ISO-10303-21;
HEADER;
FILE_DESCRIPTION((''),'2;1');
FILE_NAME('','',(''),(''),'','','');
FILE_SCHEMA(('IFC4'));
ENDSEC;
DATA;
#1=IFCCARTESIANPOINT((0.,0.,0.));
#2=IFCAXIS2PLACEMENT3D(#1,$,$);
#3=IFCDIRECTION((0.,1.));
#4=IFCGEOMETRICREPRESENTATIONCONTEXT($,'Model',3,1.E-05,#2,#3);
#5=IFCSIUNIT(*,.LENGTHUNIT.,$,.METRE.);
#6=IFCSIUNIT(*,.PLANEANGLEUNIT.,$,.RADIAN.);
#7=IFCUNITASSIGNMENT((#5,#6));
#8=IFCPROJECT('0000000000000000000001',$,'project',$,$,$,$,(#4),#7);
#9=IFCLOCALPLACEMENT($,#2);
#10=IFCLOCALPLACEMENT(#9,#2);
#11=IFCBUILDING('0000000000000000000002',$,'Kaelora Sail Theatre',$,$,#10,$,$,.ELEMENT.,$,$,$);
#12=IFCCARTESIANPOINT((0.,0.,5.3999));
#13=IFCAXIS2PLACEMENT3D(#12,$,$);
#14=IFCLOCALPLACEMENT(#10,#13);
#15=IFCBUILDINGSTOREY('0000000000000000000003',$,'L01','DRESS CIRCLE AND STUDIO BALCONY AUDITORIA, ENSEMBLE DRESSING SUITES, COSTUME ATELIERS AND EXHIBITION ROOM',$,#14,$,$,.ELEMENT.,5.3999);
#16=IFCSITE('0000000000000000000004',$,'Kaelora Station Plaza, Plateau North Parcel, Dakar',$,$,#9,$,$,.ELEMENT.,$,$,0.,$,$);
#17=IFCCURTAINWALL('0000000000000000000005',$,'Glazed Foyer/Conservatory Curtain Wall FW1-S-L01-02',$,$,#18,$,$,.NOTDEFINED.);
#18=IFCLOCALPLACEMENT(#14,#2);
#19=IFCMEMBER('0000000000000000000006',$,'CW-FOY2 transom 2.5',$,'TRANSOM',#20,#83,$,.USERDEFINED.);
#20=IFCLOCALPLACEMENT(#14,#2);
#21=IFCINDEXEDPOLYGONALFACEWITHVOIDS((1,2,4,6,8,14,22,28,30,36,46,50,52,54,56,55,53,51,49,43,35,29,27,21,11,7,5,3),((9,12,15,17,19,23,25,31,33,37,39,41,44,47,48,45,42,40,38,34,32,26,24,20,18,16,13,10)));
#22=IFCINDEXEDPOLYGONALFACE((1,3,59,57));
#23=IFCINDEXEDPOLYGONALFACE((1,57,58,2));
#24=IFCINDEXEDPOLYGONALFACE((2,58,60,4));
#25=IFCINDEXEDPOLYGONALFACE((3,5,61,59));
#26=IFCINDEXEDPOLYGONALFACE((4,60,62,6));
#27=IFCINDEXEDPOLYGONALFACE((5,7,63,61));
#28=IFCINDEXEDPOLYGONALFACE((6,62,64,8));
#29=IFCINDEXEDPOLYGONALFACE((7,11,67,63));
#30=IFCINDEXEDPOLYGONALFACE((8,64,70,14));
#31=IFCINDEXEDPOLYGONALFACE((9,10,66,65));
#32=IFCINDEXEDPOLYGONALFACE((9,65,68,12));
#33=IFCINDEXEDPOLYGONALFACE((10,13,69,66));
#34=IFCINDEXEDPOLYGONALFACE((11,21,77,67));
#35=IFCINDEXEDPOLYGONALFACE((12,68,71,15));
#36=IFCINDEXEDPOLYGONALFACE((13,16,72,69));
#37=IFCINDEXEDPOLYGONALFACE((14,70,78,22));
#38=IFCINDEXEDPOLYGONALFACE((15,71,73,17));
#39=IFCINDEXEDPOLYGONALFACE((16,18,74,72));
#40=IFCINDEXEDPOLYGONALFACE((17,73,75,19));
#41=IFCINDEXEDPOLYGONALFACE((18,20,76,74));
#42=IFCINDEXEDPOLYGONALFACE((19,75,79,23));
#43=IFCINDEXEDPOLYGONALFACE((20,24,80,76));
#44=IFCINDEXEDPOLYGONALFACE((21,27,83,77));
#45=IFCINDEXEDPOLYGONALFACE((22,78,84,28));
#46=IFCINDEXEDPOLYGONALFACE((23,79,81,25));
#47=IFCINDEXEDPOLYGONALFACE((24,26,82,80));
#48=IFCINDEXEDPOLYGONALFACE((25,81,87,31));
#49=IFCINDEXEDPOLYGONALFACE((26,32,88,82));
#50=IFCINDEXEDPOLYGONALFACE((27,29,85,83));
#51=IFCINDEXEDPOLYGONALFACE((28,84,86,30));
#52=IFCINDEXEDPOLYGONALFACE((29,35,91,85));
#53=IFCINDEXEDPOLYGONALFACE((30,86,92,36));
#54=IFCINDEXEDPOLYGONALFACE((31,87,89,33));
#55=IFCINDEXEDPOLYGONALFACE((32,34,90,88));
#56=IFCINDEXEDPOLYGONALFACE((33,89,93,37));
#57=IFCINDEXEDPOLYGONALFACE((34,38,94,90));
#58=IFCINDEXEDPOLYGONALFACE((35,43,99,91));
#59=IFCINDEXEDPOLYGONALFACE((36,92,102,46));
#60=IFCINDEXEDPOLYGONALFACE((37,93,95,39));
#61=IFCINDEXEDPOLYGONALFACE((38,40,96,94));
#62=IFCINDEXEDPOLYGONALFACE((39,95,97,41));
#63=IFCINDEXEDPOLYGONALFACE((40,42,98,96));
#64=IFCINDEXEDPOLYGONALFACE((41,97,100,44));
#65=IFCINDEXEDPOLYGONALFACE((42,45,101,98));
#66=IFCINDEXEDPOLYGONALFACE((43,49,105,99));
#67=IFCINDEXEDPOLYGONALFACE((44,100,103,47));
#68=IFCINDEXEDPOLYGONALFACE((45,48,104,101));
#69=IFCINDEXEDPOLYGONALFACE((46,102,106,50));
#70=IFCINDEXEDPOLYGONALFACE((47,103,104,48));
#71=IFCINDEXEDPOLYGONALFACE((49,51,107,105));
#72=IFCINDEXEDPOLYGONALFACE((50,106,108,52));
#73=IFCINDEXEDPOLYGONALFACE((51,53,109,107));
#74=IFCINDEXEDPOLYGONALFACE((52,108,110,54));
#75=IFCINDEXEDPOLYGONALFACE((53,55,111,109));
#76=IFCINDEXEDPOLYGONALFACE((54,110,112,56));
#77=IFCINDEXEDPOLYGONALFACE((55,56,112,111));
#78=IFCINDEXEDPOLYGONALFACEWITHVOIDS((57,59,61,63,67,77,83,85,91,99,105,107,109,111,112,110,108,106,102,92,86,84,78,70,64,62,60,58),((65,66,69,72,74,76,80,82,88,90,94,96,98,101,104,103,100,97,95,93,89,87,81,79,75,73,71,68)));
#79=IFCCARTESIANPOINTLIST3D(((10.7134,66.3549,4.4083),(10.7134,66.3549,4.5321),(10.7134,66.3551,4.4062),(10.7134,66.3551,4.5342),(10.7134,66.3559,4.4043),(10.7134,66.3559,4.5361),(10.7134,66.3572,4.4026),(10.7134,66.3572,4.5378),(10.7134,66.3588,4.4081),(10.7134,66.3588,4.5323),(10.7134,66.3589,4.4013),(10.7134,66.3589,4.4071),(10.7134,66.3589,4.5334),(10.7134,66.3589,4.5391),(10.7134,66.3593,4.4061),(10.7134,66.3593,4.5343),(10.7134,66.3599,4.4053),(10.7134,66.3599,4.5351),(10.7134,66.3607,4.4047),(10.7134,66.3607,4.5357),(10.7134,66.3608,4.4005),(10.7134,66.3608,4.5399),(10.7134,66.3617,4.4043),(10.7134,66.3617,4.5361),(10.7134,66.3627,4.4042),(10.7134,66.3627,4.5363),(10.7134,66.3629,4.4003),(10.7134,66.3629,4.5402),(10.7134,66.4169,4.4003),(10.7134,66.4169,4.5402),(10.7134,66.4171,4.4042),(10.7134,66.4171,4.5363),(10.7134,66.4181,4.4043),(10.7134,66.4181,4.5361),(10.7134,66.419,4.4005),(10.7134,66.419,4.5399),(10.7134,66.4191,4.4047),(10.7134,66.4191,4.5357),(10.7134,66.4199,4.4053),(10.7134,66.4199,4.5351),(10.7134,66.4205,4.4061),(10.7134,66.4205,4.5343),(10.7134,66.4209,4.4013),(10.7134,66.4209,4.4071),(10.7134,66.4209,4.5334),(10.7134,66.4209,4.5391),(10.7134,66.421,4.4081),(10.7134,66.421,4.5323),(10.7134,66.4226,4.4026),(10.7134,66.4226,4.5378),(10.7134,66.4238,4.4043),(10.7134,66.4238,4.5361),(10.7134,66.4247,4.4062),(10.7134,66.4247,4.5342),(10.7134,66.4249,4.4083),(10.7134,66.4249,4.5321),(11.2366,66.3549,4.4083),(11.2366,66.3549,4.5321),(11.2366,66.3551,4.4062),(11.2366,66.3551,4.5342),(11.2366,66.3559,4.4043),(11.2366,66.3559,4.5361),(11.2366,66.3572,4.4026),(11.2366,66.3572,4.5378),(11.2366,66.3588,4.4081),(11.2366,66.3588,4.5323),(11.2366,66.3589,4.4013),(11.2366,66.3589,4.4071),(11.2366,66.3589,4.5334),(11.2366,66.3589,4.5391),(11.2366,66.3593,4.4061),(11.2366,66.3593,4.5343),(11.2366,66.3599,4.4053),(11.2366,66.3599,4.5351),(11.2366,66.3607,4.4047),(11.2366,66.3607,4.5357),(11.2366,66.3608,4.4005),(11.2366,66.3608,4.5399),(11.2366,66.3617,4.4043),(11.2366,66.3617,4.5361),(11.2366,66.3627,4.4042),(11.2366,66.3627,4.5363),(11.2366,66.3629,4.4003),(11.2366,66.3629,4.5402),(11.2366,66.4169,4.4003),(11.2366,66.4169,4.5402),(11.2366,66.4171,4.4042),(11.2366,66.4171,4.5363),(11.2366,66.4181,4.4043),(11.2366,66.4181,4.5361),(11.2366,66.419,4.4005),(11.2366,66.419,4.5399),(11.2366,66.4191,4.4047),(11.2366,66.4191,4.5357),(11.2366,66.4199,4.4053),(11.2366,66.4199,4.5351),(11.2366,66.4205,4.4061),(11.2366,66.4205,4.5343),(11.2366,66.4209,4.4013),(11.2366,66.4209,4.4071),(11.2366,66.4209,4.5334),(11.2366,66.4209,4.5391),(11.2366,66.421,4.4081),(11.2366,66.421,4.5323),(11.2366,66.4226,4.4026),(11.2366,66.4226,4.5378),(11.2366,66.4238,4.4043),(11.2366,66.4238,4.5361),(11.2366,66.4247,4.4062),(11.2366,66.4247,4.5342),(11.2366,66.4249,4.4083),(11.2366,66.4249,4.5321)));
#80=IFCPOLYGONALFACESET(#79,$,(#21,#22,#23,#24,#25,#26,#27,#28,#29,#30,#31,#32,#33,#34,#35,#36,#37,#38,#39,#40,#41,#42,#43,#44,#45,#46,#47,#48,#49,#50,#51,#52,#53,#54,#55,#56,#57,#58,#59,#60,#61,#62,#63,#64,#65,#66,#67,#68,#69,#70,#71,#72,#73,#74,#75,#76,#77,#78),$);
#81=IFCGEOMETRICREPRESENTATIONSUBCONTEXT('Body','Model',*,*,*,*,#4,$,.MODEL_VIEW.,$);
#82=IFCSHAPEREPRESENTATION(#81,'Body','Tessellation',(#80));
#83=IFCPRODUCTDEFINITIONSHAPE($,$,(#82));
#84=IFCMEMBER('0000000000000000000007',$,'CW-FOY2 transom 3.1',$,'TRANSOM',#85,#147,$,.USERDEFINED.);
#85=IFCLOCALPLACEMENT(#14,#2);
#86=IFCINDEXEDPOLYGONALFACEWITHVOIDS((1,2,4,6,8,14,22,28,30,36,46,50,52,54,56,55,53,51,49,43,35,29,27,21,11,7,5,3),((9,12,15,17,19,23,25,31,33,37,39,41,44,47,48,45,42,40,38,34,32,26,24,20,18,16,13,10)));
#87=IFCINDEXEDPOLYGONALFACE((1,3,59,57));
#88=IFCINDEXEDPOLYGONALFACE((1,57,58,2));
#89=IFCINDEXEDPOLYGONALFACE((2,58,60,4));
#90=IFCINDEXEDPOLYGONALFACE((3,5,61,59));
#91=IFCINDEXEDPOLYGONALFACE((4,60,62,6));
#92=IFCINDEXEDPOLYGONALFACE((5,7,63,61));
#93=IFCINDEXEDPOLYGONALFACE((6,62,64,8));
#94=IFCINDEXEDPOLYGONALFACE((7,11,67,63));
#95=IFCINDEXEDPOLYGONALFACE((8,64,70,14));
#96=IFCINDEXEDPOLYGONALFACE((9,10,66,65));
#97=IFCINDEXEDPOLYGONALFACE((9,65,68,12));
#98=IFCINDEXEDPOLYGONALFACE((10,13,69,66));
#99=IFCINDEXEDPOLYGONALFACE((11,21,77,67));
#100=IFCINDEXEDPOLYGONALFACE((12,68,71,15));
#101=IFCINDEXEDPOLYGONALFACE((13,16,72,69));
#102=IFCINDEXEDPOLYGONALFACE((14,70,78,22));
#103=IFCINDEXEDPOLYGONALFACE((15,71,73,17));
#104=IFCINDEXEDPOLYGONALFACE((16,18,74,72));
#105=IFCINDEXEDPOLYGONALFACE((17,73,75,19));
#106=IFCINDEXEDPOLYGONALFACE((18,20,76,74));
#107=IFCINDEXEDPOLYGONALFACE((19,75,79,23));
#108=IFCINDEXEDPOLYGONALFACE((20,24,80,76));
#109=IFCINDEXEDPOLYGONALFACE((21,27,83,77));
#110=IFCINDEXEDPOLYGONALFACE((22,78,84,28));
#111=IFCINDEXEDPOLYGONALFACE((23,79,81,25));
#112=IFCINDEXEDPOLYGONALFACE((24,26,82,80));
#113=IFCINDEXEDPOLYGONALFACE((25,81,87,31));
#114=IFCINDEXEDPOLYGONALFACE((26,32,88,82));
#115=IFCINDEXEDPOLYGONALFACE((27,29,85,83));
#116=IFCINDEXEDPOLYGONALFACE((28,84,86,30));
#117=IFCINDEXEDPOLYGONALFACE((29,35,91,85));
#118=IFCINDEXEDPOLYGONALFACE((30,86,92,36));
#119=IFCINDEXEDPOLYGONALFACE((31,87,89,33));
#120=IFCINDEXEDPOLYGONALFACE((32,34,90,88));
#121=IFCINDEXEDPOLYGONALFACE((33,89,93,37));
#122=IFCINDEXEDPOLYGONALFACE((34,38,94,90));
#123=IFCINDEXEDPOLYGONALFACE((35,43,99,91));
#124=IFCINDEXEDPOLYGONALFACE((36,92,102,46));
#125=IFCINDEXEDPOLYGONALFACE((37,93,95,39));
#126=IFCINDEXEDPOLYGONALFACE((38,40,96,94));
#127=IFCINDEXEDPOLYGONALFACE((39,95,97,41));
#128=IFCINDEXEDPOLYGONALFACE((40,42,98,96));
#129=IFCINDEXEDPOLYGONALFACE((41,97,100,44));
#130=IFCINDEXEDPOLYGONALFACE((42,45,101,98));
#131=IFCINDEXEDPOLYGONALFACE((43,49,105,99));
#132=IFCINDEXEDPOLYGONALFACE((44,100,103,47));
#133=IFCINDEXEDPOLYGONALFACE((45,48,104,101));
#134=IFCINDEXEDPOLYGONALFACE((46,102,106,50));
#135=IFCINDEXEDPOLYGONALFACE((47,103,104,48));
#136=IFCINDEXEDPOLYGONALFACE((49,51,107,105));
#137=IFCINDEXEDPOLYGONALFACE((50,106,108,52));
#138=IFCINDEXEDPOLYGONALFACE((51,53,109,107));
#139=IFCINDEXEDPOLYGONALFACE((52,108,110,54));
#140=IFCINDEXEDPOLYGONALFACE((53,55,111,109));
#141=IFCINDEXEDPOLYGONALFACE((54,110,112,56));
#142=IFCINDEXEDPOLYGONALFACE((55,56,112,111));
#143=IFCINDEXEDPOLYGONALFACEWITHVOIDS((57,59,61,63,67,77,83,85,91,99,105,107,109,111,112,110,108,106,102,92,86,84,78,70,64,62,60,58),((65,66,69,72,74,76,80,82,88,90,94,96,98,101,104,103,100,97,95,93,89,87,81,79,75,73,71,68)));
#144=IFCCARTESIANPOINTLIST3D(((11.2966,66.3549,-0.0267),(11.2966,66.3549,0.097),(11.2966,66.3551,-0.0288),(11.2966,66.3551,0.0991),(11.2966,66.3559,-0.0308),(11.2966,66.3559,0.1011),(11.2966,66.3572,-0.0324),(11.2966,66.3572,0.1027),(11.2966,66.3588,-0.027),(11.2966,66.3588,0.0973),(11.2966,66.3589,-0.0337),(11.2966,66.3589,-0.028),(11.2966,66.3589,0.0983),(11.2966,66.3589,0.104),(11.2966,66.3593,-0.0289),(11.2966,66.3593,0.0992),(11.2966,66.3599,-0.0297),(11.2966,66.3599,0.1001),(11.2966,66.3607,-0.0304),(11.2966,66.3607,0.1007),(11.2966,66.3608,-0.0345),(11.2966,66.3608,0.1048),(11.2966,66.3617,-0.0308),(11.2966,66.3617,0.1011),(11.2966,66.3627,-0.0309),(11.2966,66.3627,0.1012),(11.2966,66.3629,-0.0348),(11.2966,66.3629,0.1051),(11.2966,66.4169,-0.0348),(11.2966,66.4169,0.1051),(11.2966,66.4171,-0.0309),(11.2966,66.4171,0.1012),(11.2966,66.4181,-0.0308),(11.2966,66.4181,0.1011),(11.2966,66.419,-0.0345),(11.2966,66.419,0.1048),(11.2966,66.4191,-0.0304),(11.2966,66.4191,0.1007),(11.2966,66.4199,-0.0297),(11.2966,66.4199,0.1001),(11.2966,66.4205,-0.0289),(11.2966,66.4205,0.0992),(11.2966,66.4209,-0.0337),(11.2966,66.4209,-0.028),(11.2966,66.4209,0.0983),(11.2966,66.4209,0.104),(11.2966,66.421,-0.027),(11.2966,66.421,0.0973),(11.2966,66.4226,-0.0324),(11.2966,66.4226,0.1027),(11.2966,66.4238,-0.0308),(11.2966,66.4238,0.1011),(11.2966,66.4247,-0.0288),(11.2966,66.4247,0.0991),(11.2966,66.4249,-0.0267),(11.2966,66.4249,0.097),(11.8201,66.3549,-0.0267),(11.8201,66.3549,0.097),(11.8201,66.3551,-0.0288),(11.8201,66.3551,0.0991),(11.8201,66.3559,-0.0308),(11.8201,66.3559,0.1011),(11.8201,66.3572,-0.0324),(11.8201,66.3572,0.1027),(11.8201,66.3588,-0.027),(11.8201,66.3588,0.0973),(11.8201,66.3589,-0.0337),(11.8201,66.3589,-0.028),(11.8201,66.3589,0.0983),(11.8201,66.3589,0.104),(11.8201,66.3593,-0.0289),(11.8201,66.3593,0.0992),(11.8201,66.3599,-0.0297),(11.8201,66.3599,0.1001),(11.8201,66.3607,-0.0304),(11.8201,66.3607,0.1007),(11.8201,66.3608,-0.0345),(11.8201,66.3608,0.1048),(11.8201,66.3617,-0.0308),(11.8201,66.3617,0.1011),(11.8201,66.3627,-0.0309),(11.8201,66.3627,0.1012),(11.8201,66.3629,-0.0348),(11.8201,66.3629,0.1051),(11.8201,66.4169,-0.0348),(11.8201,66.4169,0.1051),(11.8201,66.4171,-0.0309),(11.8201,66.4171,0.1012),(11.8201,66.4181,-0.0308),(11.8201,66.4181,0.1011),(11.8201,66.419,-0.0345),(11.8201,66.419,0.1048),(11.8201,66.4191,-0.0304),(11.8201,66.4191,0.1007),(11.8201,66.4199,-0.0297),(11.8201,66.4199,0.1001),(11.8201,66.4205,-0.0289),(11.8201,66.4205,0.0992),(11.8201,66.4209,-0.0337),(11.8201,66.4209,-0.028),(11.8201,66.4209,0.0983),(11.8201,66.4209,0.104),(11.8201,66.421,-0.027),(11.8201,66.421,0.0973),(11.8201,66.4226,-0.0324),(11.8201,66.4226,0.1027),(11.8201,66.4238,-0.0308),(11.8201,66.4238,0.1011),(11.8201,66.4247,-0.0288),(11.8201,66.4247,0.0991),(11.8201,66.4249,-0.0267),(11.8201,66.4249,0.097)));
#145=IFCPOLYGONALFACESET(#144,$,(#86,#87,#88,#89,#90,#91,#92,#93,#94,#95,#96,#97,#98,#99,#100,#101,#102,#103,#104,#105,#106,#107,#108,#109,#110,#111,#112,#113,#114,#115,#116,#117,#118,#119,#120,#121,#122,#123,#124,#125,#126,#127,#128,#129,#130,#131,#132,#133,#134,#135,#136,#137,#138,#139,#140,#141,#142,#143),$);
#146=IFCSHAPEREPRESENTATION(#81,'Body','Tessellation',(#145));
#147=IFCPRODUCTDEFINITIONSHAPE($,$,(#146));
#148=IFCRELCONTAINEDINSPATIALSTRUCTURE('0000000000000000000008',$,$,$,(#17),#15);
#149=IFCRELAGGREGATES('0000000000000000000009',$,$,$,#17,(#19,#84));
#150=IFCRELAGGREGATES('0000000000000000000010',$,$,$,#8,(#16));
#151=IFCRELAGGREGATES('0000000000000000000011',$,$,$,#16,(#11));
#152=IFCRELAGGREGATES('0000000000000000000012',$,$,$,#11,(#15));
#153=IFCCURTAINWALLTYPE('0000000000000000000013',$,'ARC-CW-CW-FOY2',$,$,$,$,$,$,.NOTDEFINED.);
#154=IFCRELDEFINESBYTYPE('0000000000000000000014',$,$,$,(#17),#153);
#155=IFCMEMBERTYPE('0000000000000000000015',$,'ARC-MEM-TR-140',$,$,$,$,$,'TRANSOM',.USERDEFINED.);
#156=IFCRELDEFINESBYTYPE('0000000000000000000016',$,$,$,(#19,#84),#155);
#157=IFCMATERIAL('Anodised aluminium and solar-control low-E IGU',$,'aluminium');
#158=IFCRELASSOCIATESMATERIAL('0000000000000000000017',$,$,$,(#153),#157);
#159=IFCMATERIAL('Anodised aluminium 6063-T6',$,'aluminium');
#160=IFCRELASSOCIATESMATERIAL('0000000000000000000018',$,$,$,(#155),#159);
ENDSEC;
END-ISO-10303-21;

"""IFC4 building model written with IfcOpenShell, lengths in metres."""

from ifc_helpers import new_model, si_unit, direction, frame, origin, origin_2d, place, context, subcontext, project, spatial, hollow_rectangle, extrude, material, material_profile, profile_set, type_object, element, aggregate, save


model = new_model("IFC4")

# Units and contexts
model_context = context("Model", 3, precision=1e-05, world=origin(), true_north=direction((0.0, 1.0)))
body_context = subcontext(model_context, "Body", "Model", "MODEL_VIEW")
ifc_project = project(units=[si_unit("LENGTHUNIT", "METRE"), si_unit("PLANEANGLEUNIT", "RADIAN")], contexts=[model_context])

# Site, building, storey
site_placement = place(None, origin())
site = spatial("IfcSite", under=ifc_project, at=site_placement, Name="Kaelora Station Plaza, Plateau North Parcel, Dakar", CompositionType="ELEMENT", RefElevation=0.0)
building_placement = place(site_placement, origin())
building = spatial("IfcBuilding", under=site, at=building_placement, Name="Kaelora Sail Theatre", CompositionType="ELEMENT")
storey_placement = place(building_placement, frame((0.0, 0.0, 5.3999)))
storey = spatial("IfcBuildingStorey", under=building, at=storey_placement, Name="L01", Description="DRESS CIRCLE AND STUDIO BALCONY AUDITORIA, ENSEMBLE DRESSING SUITES, COSTUME ATELIERS AND EXHIBITION ROOM", CompositionType="ELEMENT", Elevation=5.3999)

# Curtain wall, members
ifc_material_1 = material(Name="Anodised aluminium and solar-control low-E IGU", Category="aluminium")
curtain_wall_type = type_object("IfcCurtainWallType", Name="ARC-CW-CW-FOY2", PredefinedType="NOTDEFINED", material=ifc_material_1)
curtain_wall_placement = place(storey_placement, origin())
curtain_wall = element("IfcCurtainWall", 1, at=curtain_wall_placement, inside=storey, type_object=curtain_wall_type, Name="Glazed Foyer/Conservatory Curtain Wall FW1-S-L01-02", PredefinedType="NOTDEFINED")
ifc_material_2 = material(Name="Anodised aluminium 6063-T6", Category="aluminium")
ifc_material_profile_1 = material_profile(ifc_material_2, hollow_rectangle(XDim=0.0701, YDim=0.1399, WallThickness=0.0039, InnerFilletRadius=0.0039, OuterFilletRadius=0.0081, at=origin_2d()), Name="ALU-TRAN 70x140x4")
ifc_profile_set_1 = profile_set([ifc_material_profile_1], Name="Anodised aluminium 6063-T6")
member_type_1 = type_object("IfcMemberType", Name="ARC-MEM-TR-140", ElementType="TRANSOM", PredefinedType="USERDEFINED", material=ifc_profile_set_1)
member_1_placement = place(storey_placement, frame((10.7134, 66.3899, 4.4702), z_axis=(1.0, 0.0, 0.0), x_axis=(0.0, 1.0, 0.0)))
member_1 = element("IfcMember", 2, at=member_1_placement, type_object=member_type_1, Name="CW-FOY2 transom 2.5", ObjectType="TRANSOM", PredefinedType="USERDEFINED", context=body_context, shape_type="SweptSolid", body=[
    extrude(hollow_rectangle(XDim=0.0701, YDim=0.1399, WallThickness=0.0039, InnerFilletRadius=0.0039, OuterFilletRadius=0.0081, at=origin_2d()), origin(), (0.0, 0.0, 1.0), 0.5232),
])
member_2_placement = place(storey_placement, frame((11.2966, 66.3899, 0.0352), z_axis=(1.0, 0.0, 0.0), x_axis=(0.0, 1.0, 0.0)))
member_2 = element("IfcMember", 3, at=member_2_placement, type_object=member_type_1, Name="CW-FOY2 transom 3.1", ObjectType="TRANSOM", PredefinedType="USERDEFINED", context=body_context, shape_type="SweptSolid", body=[
    extrude(hollow_rectangle(XDim=0.0701, YDim=0.1399, WallThickness=0.0039, InnerFilletRadius=0.0039, OuterFilletRadius=0.0081, at=origin_2d()), origin(), (0.0, 0.0, 1.0), 0.5234),
])

aggregate(curtain_wall, [member_1, member_2])

save(model, "model.ifc")
